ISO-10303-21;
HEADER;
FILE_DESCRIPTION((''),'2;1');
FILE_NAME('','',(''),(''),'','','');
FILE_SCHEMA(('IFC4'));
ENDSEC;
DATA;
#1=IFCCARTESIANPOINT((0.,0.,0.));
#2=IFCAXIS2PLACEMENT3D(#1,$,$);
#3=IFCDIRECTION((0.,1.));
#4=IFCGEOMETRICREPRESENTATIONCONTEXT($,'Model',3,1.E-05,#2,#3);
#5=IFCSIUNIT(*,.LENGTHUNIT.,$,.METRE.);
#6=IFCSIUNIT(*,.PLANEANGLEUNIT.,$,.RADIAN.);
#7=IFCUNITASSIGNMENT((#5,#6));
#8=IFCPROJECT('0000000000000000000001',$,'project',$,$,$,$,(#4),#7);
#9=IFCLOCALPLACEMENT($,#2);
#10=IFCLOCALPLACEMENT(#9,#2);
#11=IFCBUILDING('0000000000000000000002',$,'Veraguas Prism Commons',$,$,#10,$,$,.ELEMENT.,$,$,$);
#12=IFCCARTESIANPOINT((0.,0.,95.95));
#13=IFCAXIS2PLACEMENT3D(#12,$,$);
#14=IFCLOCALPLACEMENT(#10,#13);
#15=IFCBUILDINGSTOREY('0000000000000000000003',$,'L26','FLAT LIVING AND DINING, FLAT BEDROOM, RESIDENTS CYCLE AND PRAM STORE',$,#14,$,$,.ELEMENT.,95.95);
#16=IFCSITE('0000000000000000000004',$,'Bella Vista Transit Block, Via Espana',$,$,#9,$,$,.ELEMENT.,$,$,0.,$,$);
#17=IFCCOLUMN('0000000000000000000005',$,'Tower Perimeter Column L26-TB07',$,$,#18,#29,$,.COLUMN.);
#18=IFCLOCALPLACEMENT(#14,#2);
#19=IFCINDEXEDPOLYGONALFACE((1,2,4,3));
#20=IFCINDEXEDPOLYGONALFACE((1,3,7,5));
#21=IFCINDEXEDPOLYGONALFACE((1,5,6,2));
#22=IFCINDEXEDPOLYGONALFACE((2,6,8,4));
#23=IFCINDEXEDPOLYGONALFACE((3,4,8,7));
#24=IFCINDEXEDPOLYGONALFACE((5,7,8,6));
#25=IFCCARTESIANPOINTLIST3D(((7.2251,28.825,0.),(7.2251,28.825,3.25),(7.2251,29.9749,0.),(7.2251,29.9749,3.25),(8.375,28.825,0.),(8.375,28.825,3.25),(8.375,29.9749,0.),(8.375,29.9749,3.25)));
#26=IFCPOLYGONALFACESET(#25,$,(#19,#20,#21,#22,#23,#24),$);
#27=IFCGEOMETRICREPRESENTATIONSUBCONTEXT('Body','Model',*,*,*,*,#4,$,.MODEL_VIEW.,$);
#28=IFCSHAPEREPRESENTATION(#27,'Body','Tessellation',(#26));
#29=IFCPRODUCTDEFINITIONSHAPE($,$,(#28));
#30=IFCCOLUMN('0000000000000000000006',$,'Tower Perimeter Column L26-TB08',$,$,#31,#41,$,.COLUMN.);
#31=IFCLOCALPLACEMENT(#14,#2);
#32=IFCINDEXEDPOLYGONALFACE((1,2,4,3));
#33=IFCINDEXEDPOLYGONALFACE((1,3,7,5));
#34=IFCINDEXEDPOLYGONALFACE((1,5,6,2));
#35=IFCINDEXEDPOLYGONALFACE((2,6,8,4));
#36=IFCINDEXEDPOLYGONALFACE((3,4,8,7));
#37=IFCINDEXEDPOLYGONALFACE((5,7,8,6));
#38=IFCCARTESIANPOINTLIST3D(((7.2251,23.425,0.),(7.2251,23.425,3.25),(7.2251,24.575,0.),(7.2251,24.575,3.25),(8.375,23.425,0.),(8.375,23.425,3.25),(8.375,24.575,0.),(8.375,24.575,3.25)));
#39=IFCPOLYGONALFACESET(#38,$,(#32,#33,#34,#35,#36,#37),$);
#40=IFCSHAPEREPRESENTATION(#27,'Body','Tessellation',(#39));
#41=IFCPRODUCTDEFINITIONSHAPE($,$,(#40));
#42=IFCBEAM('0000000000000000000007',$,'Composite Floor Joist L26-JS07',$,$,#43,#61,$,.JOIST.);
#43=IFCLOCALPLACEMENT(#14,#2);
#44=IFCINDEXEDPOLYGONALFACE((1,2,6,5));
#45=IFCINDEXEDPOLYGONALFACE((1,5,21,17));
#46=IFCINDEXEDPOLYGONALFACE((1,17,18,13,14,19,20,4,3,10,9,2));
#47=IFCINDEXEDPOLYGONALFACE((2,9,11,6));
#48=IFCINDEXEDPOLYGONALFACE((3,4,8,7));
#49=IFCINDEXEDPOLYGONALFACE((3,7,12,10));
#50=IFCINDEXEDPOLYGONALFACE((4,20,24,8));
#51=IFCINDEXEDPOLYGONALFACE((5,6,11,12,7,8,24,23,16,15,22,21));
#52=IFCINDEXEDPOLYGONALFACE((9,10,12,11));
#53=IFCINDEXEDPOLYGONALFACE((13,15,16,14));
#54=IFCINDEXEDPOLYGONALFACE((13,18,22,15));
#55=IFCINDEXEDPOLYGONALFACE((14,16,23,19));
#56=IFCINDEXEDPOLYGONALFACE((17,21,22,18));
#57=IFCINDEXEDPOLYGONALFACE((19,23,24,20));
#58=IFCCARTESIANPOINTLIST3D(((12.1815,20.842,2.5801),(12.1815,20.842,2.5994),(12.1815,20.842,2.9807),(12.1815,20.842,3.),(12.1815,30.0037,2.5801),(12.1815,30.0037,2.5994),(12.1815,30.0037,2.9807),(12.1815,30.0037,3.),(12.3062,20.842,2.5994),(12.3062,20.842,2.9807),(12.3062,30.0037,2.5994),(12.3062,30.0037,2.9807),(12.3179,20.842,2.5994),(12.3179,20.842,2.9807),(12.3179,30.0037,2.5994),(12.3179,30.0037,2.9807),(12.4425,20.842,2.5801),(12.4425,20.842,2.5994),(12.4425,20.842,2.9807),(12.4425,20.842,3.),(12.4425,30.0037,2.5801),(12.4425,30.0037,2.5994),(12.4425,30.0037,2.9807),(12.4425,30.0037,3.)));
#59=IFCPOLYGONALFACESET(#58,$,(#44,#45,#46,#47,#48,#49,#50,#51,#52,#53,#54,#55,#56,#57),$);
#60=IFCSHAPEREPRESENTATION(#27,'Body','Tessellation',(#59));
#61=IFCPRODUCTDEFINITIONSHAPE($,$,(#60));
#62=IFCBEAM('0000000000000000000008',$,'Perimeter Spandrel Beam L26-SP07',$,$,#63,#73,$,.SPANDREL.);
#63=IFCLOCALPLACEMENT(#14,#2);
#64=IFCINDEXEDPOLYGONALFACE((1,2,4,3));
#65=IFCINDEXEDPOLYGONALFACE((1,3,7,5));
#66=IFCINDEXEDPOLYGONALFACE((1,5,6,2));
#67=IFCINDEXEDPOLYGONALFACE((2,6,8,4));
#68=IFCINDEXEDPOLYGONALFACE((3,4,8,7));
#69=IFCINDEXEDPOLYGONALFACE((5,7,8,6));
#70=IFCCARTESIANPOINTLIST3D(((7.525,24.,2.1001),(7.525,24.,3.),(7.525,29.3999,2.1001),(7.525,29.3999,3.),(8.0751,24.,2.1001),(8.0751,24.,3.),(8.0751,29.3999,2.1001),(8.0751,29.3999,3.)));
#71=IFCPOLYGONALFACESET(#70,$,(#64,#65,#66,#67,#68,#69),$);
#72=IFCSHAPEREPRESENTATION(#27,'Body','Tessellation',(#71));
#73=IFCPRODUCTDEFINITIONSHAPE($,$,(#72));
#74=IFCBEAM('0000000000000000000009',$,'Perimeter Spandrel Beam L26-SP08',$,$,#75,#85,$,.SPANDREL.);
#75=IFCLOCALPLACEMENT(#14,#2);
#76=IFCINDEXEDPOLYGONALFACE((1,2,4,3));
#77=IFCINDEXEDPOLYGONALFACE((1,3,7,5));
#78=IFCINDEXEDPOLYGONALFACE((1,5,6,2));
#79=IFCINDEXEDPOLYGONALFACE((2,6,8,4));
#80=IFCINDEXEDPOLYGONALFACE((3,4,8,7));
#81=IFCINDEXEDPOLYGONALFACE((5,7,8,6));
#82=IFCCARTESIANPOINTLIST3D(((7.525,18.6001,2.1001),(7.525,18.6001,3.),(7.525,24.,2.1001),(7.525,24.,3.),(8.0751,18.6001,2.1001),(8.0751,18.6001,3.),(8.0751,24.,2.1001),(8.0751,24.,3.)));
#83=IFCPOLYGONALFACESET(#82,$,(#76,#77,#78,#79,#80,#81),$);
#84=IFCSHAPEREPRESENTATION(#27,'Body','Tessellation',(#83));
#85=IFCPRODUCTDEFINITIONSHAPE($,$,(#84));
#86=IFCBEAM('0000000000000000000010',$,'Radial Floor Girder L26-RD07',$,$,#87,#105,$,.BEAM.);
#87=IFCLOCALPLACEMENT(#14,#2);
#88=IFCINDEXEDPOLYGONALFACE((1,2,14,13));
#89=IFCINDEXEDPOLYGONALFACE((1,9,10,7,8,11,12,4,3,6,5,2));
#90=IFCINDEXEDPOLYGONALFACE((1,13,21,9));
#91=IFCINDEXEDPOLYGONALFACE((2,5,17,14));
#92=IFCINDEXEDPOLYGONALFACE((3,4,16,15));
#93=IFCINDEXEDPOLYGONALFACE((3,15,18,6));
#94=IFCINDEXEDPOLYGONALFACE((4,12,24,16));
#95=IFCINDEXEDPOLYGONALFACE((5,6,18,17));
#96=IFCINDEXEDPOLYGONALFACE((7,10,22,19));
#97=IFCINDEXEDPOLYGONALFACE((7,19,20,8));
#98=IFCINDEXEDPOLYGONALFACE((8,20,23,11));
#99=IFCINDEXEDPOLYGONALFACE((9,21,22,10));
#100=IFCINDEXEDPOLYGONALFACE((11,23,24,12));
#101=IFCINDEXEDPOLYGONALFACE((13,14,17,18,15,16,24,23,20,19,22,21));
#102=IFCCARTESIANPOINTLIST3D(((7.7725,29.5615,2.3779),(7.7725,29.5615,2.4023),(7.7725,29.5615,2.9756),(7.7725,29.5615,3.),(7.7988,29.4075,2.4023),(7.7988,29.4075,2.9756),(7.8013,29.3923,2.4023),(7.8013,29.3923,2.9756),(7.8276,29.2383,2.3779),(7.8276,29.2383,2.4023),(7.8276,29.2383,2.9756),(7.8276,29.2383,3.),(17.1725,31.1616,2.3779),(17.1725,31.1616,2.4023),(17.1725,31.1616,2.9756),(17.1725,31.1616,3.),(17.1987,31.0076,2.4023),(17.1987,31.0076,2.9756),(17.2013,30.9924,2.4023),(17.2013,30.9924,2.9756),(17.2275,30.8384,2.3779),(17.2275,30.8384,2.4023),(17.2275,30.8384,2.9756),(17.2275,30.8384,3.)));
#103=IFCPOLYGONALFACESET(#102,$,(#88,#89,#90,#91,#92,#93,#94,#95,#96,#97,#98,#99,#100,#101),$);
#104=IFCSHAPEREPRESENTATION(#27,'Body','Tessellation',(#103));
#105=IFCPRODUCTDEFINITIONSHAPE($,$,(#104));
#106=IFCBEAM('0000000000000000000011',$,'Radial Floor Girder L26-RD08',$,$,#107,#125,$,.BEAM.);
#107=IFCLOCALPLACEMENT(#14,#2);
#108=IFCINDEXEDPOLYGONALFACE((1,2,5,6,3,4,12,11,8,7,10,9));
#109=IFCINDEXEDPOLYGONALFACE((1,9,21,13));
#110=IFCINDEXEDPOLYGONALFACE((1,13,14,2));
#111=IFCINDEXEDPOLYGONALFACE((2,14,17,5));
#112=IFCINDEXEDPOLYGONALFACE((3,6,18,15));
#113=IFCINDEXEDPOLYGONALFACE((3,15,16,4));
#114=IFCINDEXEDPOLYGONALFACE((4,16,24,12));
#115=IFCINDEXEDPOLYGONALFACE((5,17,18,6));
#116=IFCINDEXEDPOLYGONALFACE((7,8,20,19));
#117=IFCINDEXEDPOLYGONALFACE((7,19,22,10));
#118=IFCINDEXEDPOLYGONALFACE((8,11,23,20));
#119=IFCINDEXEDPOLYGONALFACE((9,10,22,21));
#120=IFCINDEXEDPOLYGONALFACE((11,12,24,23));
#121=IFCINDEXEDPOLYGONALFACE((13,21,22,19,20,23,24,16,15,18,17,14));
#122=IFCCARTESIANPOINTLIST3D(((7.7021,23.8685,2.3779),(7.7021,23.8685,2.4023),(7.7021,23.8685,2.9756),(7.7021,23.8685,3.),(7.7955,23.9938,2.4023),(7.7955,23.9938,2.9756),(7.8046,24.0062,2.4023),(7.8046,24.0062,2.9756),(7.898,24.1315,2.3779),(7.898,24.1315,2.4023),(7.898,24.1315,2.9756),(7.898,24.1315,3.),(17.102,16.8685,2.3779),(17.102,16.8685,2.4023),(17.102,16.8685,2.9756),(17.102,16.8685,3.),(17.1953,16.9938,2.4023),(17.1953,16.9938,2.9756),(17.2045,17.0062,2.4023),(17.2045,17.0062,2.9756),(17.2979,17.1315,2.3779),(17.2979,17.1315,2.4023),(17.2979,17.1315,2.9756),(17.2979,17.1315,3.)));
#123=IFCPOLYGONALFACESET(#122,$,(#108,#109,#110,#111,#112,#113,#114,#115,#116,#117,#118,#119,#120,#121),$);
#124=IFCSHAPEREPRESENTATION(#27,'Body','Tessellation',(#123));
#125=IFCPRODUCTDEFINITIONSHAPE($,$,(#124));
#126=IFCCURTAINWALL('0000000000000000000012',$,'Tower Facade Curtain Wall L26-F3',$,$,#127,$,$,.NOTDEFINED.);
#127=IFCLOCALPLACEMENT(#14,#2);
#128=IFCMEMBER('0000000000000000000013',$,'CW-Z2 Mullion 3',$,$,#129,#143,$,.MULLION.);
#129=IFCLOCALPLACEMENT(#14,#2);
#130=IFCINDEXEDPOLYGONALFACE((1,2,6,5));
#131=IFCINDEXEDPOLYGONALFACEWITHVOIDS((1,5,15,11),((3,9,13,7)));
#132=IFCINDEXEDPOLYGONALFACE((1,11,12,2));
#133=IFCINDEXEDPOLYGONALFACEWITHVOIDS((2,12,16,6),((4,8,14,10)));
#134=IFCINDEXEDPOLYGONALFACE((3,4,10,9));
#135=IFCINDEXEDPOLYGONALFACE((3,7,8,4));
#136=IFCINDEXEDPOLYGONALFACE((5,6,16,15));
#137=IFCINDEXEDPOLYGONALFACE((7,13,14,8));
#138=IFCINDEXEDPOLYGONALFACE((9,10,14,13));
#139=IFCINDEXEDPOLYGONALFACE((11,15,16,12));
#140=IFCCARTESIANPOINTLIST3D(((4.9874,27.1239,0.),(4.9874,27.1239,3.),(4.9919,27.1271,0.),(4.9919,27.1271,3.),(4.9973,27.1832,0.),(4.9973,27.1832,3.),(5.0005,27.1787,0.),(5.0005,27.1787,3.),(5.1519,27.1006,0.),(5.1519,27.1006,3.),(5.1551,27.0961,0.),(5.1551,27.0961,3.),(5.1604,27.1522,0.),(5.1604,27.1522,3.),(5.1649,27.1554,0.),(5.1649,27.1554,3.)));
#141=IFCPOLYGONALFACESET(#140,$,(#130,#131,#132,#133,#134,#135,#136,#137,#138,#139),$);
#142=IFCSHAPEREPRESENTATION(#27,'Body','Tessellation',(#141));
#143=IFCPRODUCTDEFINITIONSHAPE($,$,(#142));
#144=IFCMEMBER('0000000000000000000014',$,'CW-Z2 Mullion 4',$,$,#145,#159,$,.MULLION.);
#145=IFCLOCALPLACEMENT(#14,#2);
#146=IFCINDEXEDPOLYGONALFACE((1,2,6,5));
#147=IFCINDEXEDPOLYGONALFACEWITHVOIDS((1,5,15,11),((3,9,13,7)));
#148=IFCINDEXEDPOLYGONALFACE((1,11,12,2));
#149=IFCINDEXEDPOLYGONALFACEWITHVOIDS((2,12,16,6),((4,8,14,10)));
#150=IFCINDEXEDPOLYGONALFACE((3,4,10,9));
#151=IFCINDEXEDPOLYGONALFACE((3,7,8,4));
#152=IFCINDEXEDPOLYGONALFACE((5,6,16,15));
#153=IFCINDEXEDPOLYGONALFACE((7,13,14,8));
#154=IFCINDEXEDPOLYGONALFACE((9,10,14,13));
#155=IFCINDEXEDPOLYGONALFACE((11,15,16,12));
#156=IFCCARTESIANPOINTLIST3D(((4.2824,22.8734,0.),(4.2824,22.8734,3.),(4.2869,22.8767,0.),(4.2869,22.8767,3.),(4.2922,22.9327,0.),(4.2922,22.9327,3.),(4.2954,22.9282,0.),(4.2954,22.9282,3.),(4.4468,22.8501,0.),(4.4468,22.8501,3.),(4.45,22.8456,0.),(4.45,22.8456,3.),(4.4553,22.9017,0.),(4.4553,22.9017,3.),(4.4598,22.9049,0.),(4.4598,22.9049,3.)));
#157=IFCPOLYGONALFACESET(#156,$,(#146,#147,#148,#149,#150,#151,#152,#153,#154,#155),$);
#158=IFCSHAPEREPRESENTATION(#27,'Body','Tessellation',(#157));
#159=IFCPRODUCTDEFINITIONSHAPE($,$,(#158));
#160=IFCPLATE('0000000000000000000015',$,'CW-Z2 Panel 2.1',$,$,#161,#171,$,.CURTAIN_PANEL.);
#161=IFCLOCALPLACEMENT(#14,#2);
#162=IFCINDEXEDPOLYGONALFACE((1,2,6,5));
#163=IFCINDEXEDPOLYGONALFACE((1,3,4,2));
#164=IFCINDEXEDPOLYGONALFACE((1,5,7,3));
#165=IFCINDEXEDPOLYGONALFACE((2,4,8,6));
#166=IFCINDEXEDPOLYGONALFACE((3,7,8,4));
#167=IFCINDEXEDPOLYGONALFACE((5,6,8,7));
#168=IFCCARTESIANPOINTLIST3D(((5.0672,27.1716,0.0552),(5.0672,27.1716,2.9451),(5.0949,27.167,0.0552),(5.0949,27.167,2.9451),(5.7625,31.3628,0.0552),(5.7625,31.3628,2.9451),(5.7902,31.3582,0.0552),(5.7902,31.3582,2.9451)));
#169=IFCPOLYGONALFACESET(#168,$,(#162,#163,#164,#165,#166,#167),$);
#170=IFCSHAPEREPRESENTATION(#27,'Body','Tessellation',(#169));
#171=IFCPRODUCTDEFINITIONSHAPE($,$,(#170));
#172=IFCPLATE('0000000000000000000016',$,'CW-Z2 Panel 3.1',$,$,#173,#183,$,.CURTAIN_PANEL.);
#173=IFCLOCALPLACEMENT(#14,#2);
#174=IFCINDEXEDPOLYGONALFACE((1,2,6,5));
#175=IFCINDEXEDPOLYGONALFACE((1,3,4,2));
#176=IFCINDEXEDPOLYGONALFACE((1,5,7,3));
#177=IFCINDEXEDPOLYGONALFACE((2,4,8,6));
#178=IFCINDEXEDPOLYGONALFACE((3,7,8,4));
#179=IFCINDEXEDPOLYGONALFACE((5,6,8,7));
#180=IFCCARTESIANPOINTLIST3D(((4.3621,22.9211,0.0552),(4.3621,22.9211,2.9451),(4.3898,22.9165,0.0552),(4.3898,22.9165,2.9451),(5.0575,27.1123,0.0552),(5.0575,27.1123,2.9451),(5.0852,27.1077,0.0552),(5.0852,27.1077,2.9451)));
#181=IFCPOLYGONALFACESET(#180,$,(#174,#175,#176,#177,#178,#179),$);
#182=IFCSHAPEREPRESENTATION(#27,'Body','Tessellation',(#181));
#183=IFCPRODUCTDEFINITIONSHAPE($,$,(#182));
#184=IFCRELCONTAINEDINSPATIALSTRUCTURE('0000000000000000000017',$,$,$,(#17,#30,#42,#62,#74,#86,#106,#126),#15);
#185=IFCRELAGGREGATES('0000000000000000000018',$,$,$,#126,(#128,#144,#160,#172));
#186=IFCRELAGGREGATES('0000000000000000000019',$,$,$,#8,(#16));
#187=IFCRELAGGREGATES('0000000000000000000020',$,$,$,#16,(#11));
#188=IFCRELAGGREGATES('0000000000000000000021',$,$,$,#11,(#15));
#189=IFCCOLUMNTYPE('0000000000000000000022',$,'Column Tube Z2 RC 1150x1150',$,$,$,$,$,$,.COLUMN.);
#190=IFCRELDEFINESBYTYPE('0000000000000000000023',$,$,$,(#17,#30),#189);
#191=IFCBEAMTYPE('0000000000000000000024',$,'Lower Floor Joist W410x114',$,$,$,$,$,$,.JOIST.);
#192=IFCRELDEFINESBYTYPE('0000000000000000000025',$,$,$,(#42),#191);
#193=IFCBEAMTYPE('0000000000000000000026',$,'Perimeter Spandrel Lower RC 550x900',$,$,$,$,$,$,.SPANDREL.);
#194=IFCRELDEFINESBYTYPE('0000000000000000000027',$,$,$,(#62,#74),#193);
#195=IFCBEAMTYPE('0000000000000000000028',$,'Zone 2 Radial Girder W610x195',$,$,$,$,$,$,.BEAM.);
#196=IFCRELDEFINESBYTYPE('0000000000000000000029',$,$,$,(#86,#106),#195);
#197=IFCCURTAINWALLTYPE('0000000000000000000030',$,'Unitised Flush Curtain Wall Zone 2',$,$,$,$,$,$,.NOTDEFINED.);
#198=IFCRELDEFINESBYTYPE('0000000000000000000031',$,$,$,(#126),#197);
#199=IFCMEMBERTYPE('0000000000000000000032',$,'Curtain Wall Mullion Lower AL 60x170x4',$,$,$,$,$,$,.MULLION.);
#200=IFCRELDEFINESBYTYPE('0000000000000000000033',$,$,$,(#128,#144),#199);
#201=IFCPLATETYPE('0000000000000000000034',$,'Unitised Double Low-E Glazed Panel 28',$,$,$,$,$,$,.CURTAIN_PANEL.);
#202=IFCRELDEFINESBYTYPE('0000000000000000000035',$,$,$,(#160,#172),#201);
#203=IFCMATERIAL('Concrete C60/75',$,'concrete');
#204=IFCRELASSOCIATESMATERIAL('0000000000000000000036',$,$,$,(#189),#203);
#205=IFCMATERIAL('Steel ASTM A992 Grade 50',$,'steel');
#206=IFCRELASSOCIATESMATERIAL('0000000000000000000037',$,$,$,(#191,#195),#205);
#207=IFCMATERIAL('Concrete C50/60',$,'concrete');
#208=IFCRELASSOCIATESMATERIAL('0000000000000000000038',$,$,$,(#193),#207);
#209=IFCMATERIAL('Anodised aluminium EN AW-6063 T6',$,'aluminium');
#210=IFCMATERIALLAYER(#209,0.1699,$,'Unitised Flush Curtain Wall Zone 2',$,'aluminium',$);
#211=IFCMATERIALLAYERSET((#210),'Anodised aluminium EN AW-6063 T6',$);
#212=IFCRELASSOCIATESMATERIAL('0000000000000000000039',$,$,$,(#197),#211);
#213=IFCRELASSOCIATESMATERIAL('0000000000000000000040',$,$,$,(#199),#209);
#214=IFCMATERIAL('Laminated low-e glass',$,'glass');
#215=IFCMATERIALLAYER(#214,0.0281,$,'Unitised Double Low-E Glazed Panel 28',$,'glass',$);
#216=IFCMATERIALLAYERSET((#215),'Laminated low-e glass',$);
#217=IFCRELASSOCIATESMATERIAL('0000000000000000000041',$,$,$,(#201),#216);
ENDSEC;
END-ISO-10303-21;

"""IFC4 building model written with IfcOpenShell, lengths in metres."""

from ifc_helpers import new_model, si_unit, direction, frame, origin, origin_2d, place, context, subcontext, project, spatial, rectangle, hollow_rectangle, i_section, extrude, source, transform, mapped, material, layer, layer_set, material_profile, profile_set, type_object, element, aggregate, save


model = new_model("IFC4")

# Units and contexts
model_context = context("Model", 3, precision=1e-05, world=origin(), true_north=direction((0.0, 1.0)))
body_context = subcontext(model_context, "Body", "Model", "MODEL_VIEW")
ifc_project = project(units=[si_unit("LENGTHUNIT", "METRE"), si_unit("PLANEANGLEUNIT", "RADIAN")], contexts=[model_context])

# Site, building, storey
site_placement = place(None, origin())
site = spatial("IfcSite", under=ifc_project, at=site_placement, Name="Bella Vista Transit Block, Via Espana", CompositionType="ELEMENT", RefElevation=0.0)
building_placement = place(site_placement, origin())
building = spatial("IfcBuilding", under=site, at=building_placement, Name="Veraguas Prism Commons", CompositionType="ELEMENT")
storey_placement = place(building_placement, frame((0.0, 0.0, 95.95)))
storey = spatial("IfcBuildingStorey", under=building, at=storey_placement, Name="L26", Description="FLAT LIVING AND DINING, FLAT BEDROOM, RESIDENTS CYCLE AND PRAM STORE", CompositionType="ELEMENT", Elevation=95.95)

# Columns
ifc_material_1 = material(Name="Concrete C60/75", Category="concrete")
ifc_material_profile_1 = material_profile(ifc_material_1, rectangle(XDim=1.1499, YDim=1.1499, at=origin_2d()), Name="RC1150X1150")
ifc_profile_set_1 = profile_set([ifc_material_profile_1], Name="Concrete C60/75")
column_type = type_object("IfcColumnType", Name="Column Tube Z2 RC 1150x1150", PredefinedType="COLUMN", material=ifc_profile_set_1)
for number, where, z_axis, x_axis, name in (
    (1, (7.8, 29.3999, 0.0), (0.0, 0.0, 1.0), (1.0, 0.0, 0.0), "Tower Perimeter Column L26-TB07"),
    (2, (7.8, 24.0, 0.0), (0.0, 0.0, 1.0), (1.0, 0.0, 0.0), "Tower Perimeter Column L26-TB08"),
):
    element("IfcColumn", number, at=place(storey_placement, frame(where, z_axis=z_axis, x_axis=x_axis)), inside=storey, type_object=column_type, Name=name, PredefinedType="COLUMN", context=body_context, shape_type="SweptSolid", body=[
        extrude(rectangle(XDim=1.1499, YDim=1.1499, at=origin_2d()), origin(), (0.0, 0.0, 1.0), 3.25),
    ])

# Beams
ifc_material_2 = material(Name="Steel ASTM A992 Grade 50", Category="steel")
ifc_material_profile_2 = material_profile(ifc_material_2, i_section(OverallWidth=0.261, OverallDepth=0.4199, WebThickness=0.0117, FlangeThickness=0.0193, at=origin_2d()), Name="W410X114")
ifc_profile_set_2 = profile_set([ifc_material_profile_2], Name="Steel ASTM A992 Grade 50")
beam_type_1 = type_object("IfcBeamType", Name="Lower Floor Joist W410x114", PredefinedType="JOIST", material=ifc_profile_set_2)
beam_1_placement = place(storey_placement, frame((12.312, 30.0037, 2.79), z_axis=(0.0, -1.0, 0.0), x_axis=(1.0, 0.0, 0.0)))
element("IfcBeam", 3, at=beam_1_placement, inside=storey, type_object=beam_type_1, Name="Composite Floor Joist L26-JS07", PredefinedType="JOIST", context=body_context, shape_type="SweptSolid", body=[
    extrude(i_section(OverallWidth=0.261, OverallDepth=0.4199, WebThickness=0.0117, FlangeThickness=0.0193, at=origin_2d()), origin(), (0.0, 0.0, 1.0), 9.1616),
])
ifc_material_3 = material(Name="Concrete C50/60", Category="concrete")
ifc_material_profile_3 = material_profile(ifc_material_3, rectangle(XDim=0.55, YDim=0.8999, at=origin_2d()), Name="RC550X900")
ifc_profile_set_3 = profile_set([ifc_material_profile_3], Name="Concrete C50/60")
beam_type_2 = type_object("IfcBeamType", Name="Perimeter Spandrel Lower RC 550x900", PredefinedType="SPANDREL", material=ifc_profile_set_3)
for number, where, z_axis, x_axis, name in (
    (4, (7.8, 29.3999, 2.55), (0.0, -1.0, 0.0), (1.0, 0.0, 0.0), "Perimeter Spandrel Beam L26-SP07"),
    (5, (7.8, 24.0, 2.55), (0.0, -1.0, 0.0), (1.0, 0.0, 0.0), "Perimeter Spandrel Beam L26-SP08"),
):
    element("IfcBeam", number, at=place(storey_placement, frame(where, z_axis=z_axis, x_axis=x_axis)), inside=storey, type_object=beam_type_2, Name=name, PredefinedType="SPANDREL", context=body_context, shape_type="SweptSolid", body=[
        extrude(rectangle(XDim=0.55, YDim=0.8999, at=origin_2d()), origin(), (0.0, 0.0, 1.0), 5.3999),
    ])
ifc_material_profile_4 = material_profile(ifc_material_2, i_section(OverallWidth=0.3279, OverallDepth=0.6221, WebThickness=0.0154, FlangeThickness=0.0244, at=origin_2d()), Name="W610X195")
ifc_profile_set_4 = profile_set([ifc_material_profile_4], Name="Steel ASTM A992 Grade 50")
beam_type_3 = type_object("IfcBeamType", Name="Zone 2 Radial Girder W610x195", PredefinedType="BEAM", material=ifc_profile_set_4)
beam_2_placement = place(storey_placement, frame((7.8, 29.3999, 2.689), z_axis=(0.985819, 0.167811, 0.0), x_axis=(-0.167811, 0.985819, 0.0)))
element("IfcBeam", 6, at=beam_2_placement, inside=storey, type_object=beam_type_3, Name="Radial Floor Girder L26-RD07", PredefinedType="BEAM", context=body_context, shape_type="SweptSolid", body=[
    extrude(i_section(OverallWidth=0.3279, OverallDepth=0.6221, WebThickness=0.0154, FlangeThickness=0.0244, at=origin_2d()), origin(), (0.0, 0.0, 1.0), 9.5352),
])
beam_3_placement = place(storey_placement, frame((7.8, 24.0, 2.689), z_axis=(0.80204, -0.59727, 0.0), x_axis=(0.59727, 0.80204, 0.0)))
element("IfcBeam", 7, at=beam_3_placement, inside=storey, type_object=beam_type_3, Name="Radial Floor Girder L26-RD08", PredefinedType="BEAM", context=body_context, shape_type="SweptSolid", body=[
    extrude(i_section(OverallWidth=0.3279, OverallDepth=0.6221, WebThickness=0.0154, FlangeThickness=0.0244, at=origin_2d()), origin(), (0.0, 0.0, 1.0), 11.72),
])

# Curtain wall, members, plates
ifc_material_4 = material(Name="Anodised aluminium EN AW-6063 T6", Category="aluminium")
ifc_layer_1 = layer(ifc_material_4, 0.1699, Name="Unitised Flush Curtain Wall Zone 2", Category="aluminium")
ifc_layer_set_1 = layer_set([ifc_layer_1], Name="Anodised aluminium EN AW-6063 T6")
curtain_wall_type = type_object("IfcCurtainWallType", Name="Unitised Flush Curtain Wall Zone 2", PredefinedType="NOTDEFINED", material=ifc_layer_set_1)
curtain_wall_placement = place(storey_placement, origin())
curtain_wall = element("IfcCurtainWall", 8, at=curtain_wall_placement, inside=storey, type_object=curtain_wall_type, Name="Tower Facade Curtain Wall L26-F3", PredefinedType="NOTDEFINED")
ifc_material_profile_5 = material_profile(ifc_material_4, hollow_rectangle(XDim=0.0601, YDim=0.1699, WallThickness=0.0039, at=origin_2d()), Name="AL60X170X4")
ifc_profile_set_5 = profile_set([ifc_material_profile_5], Name="Anodised aluminium EN AW-6063 T6")
member_type = type_object("IfcMemberType", Name="Curtain Wall Mullion Lower AL 60x170x4", PredefinedType="MULLION", material=ifc_profile_set_5)
shared_shape_1 = source(origin(), body_context, "Body", "SweptSolid", [
    extrude(hollow_rectangle(XDim=0.0601, YDim=0.1699, WallThickness=0.0039, at=origin_2d()), origin(), (0.0, 0.0, 1.0), 3.0),
])
member_1_placement = place(storey_placement, frame((5.0762, 27.1396, 0.0), z_axis=(0.0, 0.0, 1.0), x_axis=(-0.163672, -0.986515, 0.0)))
member_1 = element("IfcMember", 9, at=member_1_placement, type_object=member_type, Name="CW-Z2 Mullion 3", PredefinedType="MULLION", context=body_context, shape_type="MappedRepresentation", body=[
    mapped(shared_shape_1, transform((0.0, 0.0, 0.0), scale=1.0)),
])
member_2_placement = place(storey_placement, frame((4.3711, 22.8892, 0.0), z_axis=(0.0, 0.0, 1.0), x_axis=(-0.163672, -0.986515, 0.0)))
member_2 = element("IfcMember", 10, at=member_2_placement, type_object=member_type, Name="CW-Z2 Mullion 4", PredefinedType="MULLION", context=body_context, shape_type="MappedRepresentation", body=[
    mapped(shared_shape_1, transform((0.0, 0.0, 0.0), scale=1.0)),
])
ifc_material_5 = material(Name="Laminated low-e glass", Category="glass")
ifc_layer_2 = layer(ifc_material_5, 0.0281, Name="Unitised Double Low-E Glazed Panel 28", Category="glass")
ifc_layer_set_2 = layer_set([ifc_layer_2], Name="Laminated low-e glass")
plate_type = type_object("IfcPlateType", Name="Unitised Double Low-E Glazed Panel 28", PredefinedType="CURTAIN_PANEL", material=ifc_layer_set_2)
shared_shape_2 = source(origin(), body_context, "Body", "SweptSolid", [
    extrude(rectangle(XDim=4.2485, YDim=0.0281, at=origin_2d()), origin(), (0.0, 0.0, 1.0), 2.8899),
])
plate_1_placement = place(storey_placement, frame((5.4287, 29.2649, 0.0552), z_axis=(0.0, 0.0, 1.0), x_axis=(-0.163672, -0.986515, 0.0)))
plate_1 = element("IfcPlate", 11, at=plate_1_placement, type_object=plate_type, Name="CW-Z2 Panel 2.1", PredefinedType="CURTAIN_PANEL", context=body_context, shape_type="MappedRepresentation", body=[
    mapped(shared_shape_2, transform((0.0, 0.0, 0.0), scale=1.0)),
])
plate_2_placement = place(storey_placement, frame((4.7236, 25.0144, 0.0552), z_axis=(0.0, 0.0, 1.0), x_axis=(-0.163672, -0.986515, 0.0)))
plate_2 = element("IfcPlate", 12, at=plate_2_placement, type_object=plate_type, Name="CW-Z2 Panel 3.1", PredefinedType="CURTAIN_PANEL", context=body_context, shape_type="MappedRepresentation", body=[
    mapped(shared_shape_2, transform((0.0, 0.0, 0.0), scale=1.0)),
])
aggregate(curtain_wall, [member_1, member_2, plate_1, plate_2])

save(model, "model.ifc")
